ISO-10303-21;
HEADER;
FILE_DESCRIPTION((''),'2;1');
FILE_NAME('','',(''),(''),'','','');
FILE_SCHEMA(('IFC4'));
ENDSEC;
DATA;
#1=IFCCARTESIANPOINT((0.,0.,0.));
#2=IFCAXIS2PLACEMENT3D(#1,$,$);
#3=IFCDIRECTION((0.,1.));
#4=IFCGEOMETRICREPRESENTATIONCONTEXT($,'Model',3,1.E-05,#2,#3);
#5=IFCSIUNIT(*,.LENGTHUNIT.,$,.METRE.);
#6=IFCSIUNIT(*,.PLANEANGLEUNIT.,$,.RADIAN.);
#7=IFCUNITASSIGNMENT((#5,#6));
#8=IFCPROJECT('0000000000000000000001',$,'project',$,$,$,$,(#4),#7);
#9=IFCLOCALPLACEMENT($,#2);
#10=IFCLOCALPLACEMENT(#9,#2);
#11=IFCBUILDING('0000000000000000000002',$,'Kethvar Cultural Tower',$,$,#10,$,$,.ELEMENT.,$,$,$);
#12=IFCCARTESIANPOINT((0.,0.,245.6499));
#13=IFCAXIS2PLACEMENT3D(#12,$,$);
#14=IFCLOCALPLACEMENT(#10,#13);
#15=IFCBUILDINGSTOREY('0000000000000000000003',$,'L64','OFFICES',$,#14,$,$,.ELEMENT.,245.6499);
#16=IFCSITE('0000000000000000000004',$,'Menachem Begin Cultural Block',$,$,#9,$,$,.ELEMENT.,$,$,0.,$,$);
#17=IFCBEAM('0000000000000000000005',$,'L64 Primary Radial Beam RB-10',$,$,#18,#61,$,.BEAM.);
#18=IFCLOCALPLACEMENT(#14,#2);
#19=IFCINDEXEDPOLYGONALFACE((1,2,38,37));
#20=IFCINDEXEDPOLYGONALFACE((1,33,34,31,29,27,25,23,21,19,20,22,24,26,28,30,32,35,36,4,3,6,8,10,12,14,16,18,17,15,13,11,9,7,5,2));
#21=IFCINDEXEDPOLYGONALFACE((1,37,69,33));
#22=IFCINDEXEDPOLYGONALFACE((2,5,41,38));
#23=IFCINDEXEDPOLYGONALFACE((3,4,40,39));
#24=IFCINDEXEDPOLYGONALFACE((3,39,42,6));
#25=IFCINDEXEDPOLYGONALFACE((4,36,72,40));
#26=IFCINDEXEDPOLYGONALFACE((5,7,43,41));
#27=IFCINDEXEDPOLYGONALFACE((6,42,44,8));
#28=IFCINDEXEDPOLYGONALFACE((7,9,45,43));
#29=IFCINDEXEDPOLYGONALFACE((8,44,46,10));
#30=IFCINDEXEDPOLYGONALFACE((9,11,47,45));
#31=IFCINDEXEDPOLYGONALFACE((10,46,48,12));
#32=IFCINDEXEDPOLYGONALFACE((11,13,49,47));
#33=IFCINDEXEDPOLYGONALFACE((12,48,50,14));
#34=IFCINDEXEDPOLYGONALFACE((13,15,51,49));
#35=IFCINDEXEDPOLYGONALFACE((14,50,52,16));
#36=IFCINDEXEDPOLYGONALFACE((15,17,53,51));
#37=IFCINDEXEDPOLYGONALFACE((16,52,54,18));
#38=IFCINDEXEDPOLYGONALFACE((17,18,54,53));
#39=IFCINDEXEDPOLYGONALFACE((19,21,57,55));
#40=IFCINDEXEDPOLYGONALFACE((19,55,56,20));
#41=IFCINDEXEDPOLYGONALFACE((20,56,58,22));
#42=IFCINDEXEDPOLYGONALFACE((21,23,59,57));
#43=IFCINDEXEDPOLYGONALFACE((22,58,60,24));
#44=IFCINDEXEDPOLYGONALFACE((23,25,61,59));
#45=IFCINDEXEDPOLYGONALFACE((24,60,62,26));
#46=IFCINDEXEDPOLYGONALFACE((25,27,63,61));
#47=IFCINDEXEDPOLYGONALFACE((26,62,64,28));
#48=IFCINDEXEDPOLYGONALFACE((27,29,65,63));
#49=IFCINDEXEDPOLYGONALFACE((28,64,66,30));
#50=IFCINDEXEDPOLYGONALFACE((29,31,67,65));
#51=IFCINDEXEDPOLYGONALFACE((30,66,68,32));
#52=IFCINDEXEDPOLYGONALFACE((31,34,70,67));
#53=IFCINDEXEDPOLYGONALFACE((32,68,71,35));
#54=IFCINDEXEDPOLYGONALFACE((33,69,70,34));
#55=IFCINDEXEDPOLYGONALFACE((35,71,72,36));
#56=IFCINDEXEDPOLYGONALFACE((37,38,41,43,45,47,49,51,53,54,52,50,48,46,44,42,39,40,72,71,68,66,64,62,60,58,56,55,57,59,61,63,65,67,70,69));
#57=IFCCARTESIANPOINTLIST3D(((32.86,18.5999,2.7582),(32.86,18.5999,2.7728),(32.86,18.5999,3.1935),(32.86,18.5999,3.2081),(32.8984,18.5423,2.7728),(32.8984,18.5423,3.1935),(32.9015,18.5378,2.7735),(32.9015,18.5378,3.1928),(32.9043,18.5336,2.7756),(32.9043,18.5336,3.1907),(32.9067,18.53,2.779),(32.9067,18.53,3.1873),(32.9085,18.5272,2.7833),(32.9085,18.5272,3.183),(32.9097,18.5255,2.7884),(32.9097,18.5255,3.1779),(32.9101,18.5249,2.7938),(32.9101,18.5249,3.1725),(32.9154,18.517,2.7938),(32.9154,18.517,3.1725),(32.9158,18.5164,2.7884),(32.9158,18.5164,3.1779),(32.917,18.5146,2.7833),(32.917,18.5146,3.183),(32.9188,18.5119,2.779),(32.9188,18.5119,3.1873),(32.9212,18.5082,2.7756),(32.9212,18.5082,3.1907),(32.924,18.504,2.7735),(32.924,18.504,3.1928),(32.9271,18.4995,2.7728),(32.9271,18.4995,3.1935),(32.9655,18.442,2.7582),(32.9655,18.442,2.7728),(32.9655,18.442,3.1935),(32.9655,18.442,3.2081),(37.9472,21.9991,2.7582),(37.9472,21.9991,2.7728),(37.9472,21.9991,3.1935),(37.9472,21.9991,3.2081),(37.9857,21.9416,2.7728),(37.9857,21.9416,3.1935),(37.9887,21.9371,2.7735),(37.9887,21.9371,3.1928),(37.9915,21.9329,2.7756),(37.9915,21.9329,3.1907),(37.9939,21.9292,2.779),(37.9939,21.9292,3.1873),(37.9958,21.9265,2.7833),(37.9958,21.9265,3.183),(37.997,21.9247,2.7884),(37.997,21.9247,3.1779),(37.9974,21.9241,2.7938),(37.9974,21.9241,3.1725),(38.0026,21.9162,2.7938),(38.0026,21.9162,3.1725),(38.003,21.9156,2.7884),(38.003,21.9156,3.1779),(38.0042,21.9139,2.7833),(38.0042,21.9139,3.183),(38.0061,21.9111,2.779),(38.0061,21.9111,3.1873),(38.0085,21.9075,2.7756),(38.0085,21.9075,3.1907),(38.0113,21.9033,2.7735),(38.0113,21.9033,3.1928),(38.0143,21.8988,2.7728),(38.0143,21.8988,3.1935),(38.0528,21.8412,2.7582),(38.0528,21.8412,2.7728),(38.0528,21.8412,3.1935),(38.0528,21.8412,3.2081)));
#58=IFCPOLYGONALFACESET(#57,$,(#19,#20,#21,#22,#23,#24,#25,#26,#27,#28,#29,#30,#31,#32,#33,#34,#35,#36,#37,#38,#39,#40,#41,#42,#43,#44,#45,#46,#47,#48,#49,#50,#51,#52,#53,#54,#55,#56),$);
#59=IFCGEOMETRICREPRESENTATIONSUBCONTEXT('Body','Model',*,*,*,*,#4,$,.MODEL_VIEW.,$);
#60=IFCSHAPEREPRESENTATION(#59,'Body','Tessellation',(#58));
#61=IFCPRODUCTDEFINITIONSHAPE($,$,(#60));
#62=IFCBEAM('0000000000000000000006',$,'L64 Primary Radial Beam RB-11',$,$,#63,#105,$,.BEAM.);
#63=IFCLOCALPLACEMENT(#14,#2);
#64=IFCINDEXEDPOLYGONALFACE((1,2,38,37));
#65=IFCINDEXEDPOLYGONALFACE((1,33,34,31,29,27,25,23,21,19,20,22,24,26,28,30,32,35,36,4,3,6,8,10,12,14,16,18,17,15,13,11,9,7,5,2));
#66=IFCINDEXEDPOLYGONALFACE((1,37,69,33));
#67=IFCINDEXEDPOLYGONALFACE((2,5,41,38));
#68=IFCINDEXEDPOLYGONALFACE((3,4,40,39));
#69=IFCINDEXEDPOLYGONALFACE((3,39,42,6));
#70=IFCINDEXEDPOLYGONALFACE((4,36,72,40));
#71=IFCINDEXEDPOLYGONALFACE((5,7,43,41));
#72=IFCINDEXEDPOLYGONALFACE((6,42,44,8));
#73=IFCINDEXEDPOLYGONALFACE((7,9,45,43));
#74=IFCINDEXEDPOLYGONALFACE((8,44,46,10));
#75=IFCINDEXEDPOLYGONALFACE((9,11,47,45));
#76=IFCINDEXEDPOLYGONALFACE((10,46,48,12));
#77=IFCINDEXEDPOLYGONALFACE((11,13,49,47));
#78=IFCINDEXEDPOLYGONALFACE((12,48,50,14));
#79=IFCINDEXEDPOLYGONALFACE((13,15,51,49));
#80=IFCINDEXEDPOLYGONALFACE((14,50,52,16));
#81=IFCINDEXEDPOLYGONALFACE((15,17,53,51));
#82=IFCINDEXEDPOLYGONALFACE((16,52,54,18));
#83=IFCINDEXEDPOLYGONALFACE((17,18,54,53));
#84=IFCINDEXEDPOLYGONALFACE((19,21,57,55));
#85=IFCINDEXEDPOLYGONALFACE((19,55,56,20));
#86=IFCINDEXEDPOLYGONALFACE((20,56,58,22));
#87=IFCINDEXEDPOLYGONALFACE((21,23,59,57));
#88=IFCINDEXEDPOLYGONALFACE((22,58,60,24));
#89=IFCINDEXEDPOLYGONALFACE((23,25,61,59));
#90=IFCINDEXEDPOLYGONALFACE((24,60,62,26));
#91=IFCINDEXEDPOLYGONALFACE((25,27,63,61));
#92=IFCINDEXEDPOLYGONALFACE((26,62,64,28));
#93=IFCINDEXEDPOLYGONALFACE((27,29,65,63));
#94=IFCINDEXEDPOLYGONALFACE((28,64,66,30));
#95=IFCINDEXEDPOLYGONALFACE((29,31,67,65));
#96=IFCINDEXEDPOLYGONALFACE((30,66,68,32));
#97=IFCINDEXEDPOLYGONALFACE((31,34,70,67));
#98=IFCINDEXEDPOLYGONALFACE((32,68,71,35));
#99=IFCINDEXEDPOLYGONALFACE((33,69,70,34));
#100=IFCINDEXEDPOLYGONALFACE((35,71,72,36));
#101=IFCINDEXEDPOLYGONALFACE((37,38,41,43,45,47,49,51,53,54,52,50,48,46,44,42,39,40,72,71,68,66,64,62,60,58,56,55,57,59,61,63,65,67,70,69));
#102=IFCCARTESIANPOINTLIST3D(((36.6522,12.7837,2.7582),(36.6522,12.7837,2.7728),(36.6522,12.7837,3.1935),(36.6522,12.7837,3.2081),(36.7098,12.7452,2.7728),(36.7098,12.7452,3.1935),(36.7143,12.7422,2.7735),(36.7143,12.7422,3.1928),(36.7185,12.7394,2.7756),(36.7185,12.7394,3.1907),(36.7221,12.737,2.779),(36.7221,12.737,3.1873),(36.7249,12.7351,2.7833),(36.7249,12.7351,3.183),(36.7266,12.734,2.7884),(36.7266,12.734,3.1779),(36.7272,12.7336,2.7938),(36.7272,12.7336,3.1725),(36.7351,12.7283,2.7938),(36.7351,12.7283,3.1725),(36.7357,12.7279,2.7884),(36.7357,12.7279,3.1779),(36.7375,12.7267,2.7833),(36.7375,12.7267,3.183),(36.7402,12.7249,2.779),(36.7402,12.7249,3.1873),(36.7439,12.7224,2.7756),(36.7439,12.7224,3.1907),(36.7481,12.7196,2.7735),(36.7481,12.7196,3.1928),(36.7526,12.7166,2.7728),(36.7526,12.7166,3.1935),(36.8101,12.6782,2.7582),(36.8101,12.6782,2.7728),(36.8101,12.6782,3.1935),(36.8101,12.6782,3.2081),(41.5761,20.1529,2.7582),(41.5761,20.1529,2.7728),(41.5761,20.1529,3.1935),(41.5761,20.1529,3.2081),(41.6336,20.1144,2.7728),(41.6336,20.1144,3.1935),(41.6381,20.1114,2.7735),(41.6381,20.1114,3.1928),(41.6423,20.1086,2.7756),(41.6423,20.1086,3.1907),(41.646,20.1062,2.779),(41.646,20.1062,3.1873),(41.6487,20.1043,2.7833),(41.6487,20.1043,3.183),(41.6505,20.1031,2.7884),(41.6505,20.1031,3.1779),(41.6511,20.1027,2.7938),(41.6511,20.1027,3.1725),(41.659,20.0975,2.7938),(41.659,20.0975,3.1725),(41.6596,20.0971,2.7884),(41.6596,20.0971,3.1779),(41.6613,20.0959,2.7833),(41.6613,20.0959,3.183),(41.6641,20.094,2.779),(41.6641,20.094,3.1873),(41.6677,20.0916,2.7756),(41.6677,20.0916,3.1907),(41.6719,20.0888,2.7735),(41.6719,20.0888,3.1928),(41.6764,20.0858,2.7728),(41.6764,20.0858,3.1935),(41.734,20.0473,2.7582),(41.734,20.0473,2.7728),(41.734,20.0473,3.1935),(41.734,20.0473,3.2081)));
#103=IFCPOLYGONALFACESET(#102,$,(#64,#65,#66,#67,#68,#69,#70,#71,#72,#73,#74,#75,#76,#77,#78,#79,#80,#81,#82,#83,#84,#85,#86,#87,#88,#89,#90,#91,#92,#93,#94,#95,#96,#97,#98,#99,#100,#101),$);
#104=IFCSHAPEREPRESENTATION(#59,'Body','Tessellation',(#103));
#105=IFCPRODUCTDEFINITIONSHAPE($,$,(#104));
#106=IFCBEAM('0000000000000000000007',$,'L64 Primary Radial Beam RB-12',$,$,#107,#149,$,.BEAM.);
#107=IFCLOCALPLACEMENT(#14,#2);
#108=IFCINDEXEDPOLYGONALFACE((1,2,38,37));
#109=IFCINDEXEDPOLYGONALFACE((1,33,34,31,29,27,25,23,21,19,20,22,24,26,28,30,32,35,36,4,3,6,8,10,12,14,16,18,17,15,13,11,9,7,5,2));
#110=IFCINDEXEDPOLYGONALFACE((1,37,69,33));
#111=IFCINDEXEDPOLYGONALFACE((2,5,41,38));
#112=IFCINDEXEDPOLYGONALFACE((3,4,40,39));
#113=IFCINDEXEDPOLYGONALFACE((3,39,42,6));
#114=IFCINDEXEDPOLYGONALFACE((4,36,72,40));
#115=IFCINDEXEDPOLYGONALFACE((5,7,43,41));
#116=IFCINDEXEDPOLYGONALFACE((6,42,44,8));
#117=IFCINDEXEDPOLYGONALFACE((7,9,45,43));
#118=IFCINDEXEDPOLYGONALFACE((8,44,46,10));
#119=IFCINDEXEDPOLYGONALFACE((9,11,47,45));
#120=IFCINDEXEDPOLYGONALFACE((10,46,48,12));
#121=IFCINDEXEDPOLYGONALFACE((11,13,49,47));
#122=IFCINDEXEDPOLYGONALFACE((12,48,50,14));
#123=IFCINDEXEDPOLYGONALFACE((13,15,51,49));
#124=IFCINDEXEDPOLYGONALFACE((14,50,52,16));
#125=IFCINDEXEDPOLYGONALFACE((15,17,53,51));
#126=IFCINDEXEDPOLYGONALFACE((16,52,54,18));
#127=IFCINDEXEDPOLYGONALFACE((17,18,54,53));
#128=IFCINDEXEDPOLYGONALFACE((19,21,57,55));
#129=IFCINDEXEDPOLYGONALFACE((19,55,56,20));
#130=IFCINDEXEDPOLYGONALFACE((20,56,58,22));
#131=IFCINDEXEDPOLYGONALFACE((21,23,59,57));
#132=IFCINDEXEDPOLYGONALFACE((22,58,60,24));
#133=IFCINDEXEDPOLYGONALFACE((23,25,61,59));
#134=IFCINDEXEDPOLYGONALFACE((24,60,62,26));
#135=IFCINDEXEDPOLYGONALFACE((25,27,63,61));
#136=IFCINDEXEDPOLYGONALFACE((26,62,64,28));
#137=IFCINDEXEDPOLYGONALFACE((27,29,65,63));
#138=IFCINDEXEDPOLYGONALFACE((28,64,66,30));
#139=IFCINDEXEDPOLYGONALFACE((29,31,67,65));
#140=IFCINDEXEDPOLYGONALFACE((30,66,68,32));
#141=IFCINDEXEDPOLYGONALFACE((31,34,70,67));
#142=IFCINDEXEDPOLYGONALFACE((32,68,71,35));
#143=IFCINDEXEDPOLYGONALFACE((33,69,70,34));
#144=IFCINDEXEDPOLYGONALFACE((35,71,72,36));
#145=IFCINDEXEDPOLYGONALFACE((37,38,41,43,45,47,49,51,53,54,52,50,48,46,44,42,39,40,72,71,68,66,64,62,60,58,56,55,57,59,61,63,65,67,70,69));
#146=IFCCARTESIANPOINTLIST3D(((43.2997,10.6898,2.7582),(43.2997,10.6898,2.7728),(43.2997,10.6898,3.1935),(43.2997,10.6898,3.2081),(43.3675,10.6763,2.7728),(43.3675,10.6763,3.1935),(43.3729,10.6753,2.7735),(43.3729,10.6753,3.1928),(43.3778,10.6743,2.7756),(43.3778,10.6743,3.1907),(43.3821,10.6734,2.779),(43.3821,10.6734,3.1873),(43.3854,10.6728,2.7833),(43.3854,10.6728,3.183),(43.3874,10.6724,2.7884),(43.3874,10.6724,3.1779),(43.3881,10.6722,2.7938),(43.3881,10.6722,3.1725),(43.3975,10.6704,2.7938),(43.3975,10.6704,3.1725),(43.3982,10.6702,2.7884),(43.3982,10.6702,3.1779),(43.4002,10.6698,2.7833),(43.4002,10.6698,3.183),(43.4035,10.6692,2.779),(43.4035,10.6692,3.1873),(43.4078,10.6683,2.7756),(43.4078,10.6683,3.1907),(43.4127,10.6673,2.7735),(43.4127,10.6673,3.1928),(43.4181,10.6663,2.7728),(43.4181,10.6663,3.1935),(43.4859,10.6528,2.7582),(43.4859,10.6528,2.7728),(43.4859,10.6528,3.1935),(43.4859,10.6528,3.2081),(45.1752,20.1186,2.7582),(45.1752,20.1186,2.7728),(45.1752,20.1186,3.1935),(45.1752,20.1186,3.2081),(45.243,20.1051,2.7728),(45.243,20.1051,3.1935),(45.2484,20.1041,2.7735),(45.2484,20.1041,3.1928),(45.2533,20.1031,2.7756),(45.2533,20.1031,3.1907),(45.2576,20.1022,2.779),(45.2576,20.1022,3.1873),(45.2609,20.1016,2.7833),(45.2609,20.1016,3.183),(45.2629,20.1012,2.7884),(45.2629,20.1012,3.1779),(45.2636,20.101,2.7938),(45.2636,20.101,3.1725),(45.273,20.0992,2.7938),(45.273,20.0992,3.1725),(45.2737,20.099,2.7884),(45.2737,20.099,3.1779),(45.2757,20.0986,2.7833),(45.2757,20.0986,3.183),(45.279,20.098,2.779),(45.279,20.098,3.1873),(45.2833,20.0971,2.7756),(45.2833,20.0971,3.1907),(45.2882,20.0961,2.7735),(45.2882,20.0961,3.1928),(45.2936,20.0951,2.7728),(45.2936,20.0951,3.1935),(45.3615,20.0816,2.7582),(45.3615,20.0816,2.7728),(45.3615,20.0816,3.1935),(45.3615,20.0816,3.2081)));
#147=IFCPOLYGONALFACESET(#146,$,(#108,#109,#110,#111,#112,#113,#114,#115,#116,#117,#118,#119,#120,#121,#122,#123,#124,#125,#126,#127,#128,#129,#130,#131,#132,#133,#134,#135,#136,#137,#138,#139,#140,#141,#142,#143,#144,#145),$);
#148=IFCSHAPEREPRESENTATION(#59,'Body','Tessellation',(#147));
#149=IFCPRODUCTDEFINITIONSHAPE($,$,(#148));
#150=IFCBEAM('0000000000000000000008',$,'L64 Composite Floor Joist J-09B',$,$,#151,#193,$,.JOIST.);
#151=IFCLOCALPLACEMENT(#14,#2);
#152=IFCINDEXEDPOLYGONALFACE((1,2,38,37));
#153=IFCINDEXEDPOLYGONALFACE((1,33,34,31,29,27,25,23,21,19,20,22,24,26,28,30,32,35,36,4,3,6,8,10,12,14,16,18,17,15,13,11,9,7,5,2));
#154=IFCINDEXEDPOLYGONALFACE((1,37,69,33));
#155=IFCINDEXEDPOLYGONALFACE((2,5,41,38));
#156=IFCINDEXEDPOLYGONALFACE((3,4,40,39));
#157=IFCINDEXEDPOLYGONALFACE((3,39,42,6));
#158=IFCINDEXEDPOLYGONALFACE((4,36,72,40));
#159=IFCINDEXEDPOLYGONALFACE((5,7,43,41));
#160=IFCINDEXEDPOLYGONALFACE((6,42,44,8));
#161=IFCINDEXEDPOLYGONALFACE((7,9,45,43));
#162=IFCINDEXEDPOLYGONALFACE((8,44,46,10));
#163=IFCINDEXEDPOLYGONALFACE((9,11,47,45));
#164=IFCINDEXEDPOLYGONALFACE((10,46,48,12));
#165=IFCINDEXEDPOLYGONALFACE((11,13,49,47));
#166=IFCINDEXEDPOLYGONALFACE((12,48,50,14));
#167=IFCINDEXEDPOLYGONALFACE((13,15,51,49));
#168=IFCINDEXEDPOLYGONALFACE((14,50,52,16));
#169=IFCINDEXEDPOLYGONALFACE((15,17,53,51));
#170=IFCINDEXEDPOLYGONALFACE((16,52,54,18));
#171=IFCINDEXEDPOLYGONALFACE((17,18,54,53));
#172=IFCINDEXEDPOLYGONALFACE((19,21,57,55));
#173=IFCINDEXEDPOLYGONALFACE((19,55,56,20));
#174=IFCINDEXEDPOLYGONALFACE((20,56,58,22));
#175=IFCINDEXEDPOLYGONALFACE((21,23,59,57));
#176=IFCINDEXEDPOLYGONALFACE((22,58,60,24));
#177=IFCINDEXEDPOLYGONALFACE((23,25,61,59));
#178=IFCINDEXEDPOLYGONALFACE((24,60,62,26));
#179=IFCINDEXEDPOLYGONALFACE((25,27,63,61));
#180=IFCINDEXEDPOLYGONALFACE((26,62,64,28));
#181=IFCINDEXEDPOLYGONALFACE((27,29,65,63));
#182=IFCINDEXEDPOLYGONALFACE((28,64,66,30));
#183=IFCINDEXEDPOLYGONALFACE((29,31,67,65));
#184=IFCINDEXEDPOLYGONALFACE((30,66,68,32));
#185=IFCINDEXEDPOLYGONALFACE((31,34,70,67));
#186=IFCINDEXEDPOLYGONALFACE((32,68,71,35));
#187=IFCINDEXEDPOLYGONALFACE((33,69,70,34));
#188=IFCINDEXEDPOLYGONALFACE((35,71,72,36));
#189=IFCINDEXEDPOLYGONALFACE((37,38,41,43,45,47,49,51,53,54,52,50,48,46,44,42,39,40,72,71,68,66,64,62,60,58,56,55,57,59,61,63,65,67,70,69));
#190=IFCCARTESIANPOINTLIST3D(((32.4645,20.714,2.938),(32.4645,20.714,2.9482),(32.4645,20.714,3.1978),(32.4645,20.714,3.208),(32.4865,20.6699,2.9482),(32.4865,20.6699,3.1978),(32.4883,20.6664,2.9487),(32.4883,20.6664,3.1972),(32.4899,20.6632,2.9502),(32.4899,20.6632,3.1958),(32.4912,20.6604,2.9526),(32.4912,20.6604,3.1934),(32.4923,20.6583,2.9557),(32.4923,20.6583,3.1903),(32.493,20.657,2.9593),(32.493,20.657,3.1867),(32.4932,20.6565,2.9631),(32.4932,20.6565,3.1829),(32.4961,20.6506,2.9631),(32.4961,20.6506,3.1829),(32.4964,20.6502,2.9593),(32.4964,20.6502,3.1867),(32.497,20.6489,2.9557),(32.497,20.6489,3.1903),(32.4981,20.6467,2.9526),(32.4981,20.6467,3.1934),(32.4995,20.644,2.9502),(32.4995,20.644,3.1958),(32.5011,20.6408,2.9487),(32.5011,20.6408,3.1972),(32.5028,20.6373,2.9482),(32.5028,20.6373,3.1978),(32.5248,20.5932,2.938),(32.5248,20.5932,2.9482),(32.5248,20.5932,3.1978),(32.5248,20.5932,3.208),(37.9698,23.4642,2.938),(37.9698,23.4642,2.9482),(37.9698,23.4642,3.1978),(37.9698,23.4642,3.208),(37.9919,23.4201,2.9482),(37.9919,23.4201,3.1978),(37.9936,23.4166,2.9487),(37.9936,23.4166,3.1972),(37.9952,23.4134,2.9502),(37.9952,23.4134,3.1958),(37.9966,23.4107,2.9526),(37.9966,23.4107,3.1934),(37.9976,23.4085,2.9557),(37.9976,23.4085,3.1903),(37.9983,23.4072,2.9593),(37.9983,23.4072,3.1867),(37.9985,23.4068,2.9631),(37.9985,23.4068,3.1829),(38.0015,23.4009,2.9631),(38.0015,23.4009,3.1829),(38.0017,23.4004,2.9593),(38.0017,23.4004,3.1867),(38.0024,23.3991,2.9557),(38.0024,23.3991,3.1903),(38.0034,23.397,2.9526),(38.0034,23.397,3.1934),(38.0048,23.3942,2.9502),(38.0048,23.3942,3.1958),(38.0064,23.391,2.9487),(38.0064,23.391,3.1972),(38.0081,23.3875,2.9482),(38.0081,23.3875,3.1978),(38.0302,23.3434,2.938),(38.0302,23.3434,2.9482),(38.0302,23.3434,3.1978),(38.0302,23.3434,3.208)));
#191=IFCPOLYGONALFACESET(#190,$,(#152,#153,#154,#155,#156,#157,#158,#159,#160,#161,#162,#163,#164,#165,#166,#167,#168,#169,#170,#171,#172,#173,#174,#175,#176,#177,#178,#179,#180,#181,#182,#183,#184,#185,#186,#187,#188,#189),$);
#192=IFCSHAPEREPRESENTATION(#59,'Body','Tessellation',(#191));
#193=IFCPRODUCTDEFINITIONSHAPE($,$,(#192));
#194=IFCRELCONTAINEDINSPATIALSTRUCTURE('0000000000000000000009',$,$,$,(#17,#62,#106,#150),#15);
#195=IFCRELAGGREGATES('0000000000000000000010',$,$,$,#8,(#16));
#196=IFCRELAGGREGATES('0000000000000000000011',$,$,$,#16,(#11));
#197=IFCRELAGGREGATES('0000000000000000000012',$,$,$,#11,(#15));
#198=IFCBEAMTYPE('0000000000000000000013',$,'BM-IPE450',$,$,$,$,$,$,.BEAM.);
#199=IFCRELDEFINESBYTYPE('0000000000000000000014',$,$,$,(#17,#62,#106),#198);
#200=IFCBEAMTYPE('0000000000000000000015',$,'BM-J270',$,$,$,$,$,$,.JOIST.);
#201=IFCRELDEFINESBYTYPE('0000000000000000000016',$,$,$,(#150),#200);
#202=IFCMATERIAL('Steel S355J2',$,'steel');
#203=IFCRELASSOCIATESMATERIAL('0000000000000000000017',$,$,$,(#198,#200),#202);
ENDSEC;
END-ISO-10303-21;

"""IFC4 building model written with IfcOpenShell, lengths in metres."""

from ifc_helpers import new_model, si_unit, direction, frame, origin, origin_2d, place, context, subcontext, project, spatial, i_section, extrude, source, transform, mapped, material, material_profile, profile_set, type_object, element, save


model = new_model("IFC4")

# Units and contexts
model_context = context("Model", 3, precision=1e-05, world=origin(), true_north=direction((0.0, 1.0)))
body_context = subcontext(model_context, "Body", "Model", "MODEL_VIEW")
ifc_project = project(units=[si_unit("LENGTHUNIT", "METRE"), si_unit("PLANEANGLEUNIT", "RADIAN")], contexts=[model_context])

# Site, building, storey
site_placement = place(None, origin())
site = spatial("IfcSite", under=ifc_project, at=site_placement, Name="Menachem Begin Cultural Block", CompositionType="ELEMENT", RefElevation=0.0)
building_placement = place(site_placement, origin())
building = spatial("IfcBuilding", under=site, at=building_placement, Name="Kethvar Cultural Tower", CompositionType="ELEMENT")
storey_placement = place(building_placement, frame((0.0, 0.0, 245.6499)))
storey = spatial("IfcBuildingStorey", under=building, at=storey_placement, Name="L64", Description="OFFICES", CompositionType="ELEMENT", Elevation=245.6499)

# Beams
ifc_material_1 = material(Name="Steel S355J2", Category="steel")
ifc_material_profile_1 = material_profile(ifc_material_1, i_section(OverallWidth=0.1899, OverallDepth=0.45, WebThickness=0.0095, FlangeThickness=0.0146, FilletRadius=0.021, at=origin_2d()), Name="Steel S355J2 — IPE450")
ifc_profile_set_1 = profile_set([ifc_material_profile_1], Name="Steel S355J2 — IPE450")
beam_type_1 = type_object("IfcBeamType", Name="BM-IPE450", PredefinedType="BEAM", material=ifc_profile_set_1)
shared_shape_1 = source(origin(), body_context, "Body", "SweptSolid", [
    extrude(i_section(OverallWidth=0.1899, OverallDepth=0.45, WebThickness=0.0095, FlangeThickness=0.0146, FilletRadius=0.021, at=origin_2d()), origin(), (0.0, 0.0, 1.0), 6.1184),
])
beam_1_placement = place(storey_placement, frame((38.0, 21.9202, 2.9832), z_axis=(-0.831467, -0.555575, 0.0), x_axis=(0.555575, -0.831467, 0.0)))
element("IfcBeam", 1, at=beam_1_placement, inside=storey, type_object=beam_type_1, Name="L64 Primary Radial Beam RB-10", PredefinedType="BEAM", context=body_context, shape_type="MappedRepresentation", body=[
    mapped(shared_shape_1, transform((0.0, 0.0, 0.0), scale=1.0)),
])
shared_shape_2 = source(origin(), body_context, "Body", "SweptSolid", [
    extrude(i_section(OverallWidth=0.1899, OverallDepth=0.45, WebThickness=0.0095, FlangeThickness=0.0146, FilletRadius=0.021, at=origin_2d()), origin(), (0.0, 0.0, 1.0), 8.8628),
])
beam_2_placement = place(storey_placement, frame((41.655, 20.1001, 2.9832), z_axis=(-0.555564, -0.831473, 0.0), x_axis=(0.831473, -0.555564, 0.0)))
element("IfcBeam", 2, at=beam_2_placement, inside=storey, type_object=beam_type_1, Name="L64 Primary Radial Beam RB-11", PredefinedType="BEAM", context=body_context, shape_type="MappedRepresentation", body=[
    mapped(shared_shape_2, transform((0.0, 0.0, 0.0), scale=1.0)),
])
shared_shape_3 = source(origin(), body_context, "Body", "SweptSolid", [
    extrude(i_section(OverallWidth=0.1899, OverallDepth=0.45, WebThickness=0.0095, FlangeThickness=0.0146, FilletRadius=0.021, at=origin_2d()), origin(), (0.0, 0.0, 1.0), 9.6135),
])
beam_3_placement = place(storey_placement, frame((45.2683, 20.1001, 2.9832), z_axis=(-0.19509, -0.980785, 0.0), x_axis=(0.980785, -0.19509, 0.0)))
element("IfcBeam", 3, at=beam_3_placement, inside=storey, type_object=beam_type_1, Name="L64 Primary Radial Beam RB-12", PredefinedType="BEAM", context=body_context, shape_type="MappedRepresentation", body=[
    mapped(shared_shape_3, transform((0.0, 0.0, 0.0), scale=1.0)),
])
ifc_material_profile_2 = material_profile(ifc_material_1, i_section(OverallWidth=0.135, OverallDepth=0.27, WebThickness=0.0066, FlangeThickness=0.0103, FilletRadius=0.0149, at=origin_2d()), Name="Steel S355J2 — IPE270")
ifc_profile_set_2 = profile_set([ifc_material_profile_2], Name="Steel S355J2 — IPE270")
beam_type_2 = type_object("IfcBeamType", Name="BM-J270", PredefinedType="JOIST", material=ifc_profile_set_2)
shared_shape_4 = source(origin(), body_context, "Body", "SweptSolid", [
    extrude(i_section(OverallWidth=0.135, OverallDepth=0.27, WebThickness=0.0066, FlangeThickness=0.0103, FilletRadius=0.0149, at=origin_2d()), origin(), (0.0, 0.0, 1.0), 6.1541),
])
beam_4_placement = place(storey_placement, frame((38.0, 23.4038, 3.073), z_axis=(-0.894586, -0.446896, 0.0), x_axis=(0.446896, -0.894586, 0.0)))
element("IfcBeam", 4, at=beam_4_placement, inside=storey, type_object=beam_type_2, Name="L64 Composite Floor Joist J-09B", PredefinedType="JOIST", context=body_context, shape_type="MappedRepresentation", body=[
    mapped(shared_shape_4, transform((0.0, 0.0, 0.0), scale=1.0)),
])

save(model, "model.ifc")
